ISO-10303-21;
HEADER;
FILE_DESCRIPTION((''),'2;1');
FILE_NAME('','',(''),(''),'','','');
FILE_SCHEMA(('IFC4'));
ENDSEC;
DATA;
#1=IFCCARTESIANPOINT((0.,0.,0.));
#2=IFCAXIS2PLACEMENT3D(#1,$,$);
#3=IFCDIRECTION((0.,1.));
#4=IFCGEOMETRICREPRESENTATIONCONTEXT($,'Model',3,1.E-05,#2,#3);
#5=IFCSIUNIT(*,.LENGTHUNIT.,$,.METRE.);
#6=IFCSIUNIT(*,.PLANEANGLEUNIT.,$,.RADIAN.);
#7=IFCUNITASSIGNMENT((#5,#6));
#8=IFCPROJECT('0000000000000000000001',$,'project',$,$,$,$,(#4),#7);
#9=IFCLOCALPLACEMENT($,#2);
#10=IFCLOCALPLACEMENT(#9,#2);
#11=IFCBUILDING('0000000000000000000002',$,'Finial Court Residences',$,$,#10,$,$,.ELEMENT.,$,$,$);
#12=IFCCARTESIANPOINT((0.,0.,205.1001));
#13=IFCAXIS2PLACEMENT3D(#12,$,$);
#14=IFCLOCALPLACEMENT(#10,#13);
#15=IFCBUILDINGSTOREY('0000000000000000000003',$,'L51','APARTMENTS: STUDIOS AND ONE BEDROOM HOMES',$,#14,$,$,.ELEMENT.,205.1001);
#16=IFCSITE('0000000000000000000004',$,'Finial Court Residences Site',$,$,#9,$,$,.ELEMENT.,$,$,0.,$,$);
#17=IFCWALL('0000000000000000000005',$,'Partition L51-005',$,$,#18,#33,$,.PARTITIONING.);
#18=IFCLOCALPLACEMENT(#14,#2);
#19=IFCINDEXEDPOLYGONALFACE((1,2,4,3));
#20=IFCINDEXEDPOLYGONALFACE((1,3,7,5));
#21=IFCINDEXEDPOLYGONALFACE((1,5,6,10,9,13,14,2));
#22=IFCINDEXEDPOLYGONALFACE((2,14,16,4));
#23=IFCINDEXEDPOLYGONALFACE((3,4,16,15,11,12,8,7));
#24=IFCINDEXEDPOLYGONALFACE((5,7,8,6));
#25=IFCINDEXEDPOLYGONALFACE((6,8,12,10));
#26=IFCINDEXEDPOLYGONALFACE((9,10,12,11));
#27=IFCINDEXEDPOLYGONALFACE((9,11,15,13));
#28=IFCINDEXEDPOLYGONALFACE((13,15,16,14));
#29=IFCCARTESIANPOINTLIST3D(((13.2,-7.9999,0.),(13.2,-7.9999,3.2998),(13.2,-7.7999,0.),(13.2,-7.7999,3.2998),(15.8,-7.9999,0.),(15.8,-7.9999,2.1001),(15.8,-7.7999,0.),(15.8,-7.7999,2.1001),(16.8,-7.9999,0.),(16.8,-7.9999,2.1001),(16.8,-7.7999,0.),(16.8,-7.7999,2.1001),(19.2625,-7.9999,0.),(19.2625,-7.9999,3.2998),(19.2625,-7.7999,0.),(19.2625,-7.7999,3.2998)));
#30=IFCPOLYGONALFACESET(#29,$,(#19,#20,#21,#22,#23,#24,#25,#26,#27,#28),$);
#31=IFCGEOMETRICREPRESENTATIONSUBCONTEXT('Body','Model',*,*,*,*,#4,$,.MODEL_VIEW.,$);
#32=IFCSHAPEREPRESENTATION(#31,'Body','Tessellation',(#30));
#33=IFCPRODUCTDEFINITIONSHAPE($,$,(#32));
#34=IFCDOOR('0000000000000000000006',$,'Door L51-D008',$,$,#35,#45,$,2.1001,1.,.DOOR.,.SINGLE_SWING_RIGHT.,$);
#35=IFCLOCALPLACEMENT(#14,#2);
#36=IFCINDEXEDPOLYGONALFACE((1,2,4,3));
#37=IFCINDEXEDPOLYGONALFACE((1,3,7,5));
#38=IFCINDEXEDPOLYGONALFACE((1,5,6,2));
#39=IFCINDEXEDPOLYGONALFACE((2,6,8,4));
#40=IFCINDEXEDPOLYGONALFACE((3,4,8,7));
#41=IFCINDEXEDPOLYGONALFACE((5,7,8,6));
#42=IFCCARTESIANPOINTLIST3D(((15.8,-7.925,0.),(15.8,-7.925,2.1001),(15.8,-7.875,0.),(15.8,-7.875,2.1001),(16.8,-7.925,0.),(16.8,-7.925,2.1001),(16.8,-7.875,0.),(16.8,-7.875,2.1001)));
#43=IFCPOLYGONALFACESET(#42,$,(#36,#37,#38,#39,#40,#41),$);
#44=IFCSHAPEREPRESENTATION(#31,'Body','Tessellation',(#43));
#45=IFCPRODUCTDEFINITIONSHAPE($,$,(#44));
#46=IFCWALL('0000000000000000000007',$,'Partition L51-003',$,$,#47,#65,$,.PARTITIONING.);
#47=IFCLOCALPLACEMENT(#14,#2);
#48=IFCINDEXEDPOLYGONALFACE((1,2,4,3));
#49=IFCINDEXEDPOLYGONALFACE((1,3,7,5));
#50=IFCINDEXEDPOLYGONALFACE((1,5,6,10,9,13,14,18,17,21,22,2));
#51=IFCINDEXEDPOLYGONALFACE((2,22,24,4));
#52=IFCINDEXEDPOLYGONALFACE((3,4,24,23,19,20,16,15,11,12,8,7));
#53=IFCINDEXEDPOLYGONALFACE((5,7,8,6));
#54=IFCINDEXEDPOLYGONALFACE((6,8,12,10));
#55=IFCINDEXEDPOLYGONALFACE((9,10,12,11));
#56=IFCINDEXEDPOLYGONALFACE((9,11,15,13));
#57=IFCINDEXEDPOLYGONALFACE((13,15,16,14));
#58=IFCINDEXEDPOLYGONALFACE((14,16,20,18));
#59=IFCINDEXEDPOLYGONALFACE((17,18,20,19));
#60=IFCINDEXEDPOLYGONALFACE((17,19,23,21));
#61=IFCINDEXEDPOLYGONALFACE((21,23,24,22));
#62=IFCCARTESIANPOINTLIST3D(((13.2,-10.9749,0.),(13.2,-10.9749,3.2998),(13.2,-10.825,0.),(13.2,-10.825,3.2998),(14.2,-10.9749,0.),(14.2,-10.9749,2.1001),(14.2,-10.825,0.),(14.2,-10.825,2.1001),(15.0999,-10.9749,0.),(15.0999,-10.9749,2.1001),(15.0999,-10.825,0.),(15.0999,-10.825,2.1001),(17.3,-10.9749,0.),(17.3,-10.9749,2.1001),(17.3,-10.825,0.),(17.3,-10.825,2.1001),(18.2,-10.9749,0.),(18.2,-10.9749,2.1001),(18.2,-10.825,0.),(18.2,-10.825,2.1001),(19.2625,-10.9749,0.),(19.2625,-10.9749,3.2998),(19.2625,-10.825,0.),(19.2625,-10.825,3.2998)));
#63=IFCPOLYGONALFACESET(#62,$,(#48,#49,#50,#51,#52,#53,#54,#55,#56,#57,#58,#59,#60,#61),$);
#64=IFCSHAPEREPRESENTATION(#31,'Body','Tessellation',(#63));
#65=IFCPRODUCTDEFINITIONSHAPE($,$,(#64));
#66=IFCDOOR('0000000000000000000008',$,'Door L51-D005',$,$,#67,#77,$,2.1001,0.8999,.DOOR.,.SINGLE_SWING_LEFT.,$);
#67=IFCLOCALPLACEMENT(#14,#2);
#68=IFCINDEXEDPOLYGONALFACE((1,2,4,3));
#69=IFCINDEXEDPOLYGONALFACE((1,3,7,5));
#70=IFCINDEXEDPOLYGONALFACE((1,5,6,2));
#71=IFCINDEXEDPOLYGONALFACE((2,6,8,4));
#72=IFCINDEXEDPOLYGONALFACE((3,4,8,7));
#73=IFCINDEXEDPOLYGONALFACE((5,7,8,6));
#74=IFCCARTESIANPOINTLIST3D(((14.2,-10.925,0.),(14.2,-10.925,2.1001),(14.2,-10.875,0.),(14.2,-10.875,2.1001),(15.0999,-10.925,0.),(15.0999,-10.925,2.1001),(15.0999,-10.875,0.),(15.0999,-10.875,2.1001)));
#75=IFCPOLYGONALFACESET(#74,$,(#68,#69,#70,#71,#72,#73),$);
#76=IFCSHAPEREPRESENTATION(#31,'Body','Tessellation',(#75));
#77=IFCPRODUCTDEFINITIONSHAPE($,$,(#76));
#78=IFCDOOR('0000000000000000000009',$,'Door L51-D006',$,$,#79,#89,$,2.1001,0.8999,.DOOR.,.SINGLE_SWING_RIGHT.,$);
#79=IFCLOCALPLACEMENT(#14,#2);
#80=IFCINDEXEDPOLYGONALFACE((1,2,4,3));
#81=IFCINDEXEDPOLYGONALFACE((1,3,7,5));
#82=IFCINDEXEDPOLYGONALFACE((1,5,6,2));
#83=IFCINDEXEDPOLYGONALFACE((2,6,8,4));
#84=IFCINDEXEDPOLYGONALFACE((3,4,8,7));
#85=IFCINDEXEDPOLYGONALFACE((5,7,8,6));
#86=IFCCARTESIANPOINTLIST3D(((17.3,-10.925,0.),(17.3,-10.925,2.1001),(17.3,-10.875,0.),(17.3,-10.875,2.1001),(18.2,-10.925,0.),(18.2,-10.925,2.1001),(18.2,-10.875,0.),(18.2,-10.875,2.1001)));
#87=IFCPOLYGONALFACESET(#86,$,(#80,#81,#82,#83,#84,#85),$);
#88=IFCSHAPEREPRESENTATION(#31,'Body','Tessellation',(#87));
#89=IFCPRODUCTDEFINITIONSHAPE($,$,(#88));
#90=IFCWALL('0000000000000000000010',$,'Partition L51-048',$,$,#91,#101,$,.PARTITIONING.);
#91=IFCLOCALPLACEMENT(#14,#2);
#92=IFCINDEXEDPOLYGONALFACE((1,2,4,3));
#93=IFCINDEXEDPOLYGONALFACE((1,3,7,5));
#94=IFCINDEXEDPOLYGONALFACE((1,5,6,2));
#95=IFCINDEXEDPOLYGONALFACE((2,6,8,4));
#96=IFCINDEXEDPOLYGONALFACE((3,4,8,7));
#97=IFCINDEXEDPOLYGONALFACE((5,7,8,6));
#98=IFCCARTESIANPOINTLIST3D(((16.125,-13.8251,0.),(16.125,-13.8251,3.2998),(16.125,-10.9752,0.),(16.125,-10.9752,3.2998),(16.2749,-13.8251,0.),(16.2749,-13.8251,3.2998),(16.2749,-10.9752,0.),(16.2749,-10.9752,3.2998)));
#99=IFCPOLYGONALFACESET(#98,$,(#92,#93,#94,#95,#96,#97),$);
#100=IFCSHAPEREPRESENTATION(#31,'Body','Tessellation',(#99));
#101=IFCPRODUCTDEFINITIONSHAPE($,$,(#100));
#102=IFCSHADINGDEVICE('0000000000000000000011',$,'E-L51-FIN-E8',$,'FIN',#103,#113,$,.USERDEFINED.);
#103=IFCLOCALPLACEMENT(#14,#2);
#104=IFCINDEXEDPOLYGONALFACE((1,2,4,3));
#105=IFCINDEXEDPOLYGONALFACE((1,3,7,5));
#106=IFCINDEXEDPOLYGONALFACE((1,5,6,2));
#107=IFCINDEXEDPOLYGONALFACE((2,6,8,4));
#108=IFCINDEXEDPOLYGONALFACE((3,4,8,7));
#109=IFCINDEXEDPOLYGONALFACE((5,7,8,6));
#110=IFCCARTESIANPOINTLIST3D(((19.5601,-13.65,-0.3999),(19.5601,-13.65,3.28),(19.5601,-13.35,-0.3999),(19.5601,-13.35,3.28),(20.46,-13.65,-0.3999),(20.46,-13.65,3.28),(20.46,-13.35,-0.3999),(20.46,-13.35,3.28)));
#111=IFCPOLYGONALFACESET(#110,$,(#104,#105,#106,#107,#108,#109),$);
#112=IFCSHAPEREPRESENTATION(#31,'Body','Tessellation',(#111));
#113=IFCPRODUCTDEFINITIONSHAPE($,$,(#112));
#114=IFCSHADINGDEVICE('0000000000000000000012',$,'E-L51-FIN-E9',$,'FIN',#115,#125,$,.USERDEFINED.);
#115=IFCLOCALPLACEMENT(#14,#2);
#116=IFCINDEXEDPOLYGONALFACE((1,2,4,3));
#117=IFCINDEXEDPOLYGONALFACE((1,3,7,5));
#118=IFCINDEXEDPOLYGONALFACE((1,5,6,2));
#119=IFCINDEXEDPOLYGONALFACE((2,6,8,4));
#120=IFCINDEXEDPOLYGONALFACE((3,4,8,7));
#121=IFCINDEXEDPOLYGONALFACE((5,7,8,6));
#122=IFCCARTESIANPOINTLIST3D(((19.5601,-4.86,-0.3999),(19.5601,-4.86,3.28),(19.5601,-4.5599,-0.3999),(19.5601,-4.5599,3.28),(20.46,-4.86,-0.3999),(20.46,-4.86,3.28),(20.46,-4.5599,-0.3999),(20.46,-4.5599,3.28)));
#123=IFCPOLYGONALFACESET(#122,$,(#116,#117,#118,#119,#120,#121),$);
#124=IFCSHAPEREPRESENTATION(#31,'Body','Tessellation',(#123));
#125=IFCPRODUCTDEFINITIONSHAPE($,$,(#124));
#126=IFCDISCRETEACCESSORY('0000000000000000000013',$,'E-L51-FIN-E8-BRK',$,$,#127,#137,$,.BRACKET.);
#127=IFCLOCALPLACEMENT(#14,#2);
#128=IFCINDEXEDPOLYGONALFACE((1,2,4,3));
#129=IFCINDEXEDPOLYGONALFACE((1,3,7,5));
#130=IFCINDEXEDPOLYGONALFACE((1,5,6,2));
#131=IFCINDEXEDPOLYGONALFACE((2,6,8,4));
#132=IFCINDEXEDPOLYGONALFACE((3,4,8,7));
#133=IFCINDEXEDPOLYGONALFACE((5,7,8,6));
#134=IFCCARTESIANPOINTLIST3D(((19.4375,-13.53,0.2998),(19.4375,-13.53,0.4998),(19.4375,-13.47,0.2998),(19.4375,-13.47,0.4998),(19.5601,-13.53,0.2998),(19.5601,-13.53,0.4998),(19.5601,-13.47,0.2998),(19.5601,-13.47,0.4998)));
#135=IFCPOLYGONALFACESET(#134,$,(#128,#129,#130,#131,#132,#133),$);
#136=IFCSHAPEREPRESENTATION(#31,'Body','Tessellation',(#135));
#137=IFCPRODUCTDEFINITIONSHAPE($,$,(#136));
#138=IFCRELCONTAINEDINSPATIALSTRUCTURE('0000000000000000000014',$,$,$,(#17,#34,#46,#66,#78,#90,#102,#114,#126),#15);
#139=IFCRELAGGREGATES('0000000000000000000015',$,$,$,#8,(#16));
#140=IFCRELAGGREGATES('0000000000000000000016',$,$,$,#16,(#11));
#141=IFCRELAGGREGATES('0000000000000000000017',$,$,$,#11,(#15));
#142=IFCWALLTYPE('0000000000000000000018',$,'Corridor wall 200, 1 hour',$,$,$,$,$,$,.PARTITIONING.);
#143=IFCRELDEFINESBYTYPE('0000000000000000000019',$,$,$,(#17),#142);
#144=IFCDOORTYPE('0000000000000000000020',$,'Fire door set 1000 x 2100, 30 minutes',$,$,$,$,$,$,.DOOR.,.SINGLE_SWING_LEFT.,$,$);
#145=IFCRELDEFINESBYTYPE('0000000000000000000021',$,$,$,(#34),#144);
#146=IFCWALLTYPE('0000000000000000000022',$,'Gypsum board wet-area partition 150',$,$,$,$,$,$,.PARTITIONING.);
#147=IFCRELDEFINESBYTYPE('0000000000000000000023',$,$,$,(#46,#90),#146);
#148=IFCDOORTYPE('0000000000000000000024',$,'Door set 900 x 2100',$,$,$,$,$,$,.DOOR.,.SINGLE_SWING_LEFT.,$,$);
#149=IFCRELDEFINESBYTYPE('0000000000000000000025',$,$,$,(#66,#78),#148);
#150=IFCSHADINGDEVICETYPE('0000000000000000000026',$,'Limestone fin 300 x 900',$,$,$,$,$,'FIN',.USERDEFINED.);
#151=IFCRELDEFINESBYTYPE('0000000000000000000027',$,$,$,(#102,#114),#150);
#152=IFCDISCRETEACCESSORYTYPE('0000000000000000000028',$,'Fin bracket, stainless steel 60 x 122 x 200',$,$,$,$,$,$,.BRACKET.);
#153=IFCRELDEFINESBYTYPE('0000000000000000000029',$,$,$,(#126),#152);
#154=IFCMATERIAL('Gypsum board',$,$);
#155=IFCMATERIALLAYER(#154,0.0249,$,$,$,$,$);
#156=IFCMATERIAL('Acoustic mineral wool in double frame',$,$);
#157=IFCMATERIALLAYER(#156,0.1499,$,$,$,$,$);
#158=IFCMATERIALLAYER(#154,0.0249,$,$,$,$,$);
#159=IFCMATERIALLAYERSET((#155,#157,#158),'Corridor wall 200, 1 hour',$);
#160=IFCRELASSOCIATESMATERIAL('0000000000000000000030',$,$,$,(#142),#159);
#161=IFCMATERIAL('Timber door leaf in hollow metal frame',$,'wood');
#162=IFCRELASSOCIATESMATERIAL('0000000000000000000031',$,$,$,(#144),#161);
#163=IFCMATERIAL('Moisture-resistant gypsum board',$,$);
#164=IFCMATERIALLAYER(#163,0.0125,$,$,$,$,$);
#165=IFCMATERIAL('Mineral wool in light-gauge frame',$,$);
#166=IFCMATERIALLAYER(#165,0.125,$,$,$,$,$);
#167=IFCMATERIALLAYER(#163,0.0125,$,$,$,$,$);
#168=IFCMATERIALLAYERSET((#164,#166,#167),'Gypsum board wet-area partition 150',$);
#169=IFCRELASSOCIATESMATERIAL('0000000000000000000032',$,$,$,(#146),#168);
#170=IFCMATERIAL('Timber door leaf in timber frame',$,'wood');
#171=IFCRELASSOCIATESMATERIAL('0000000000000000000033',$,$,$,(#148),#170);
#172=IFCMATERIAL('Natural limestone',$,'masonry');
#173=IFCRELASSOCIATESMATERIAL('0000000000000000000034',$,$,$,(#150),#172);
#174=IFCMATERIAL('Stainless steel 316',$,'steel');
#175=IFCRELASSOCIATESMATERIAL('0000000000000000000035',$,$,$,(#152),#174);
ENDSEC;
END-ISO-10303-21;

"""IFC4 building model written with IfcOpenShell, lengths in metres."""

from ifc_helpers import new_model, si_unit, direction, frame, frame_2d, origin, origin_2d, place, context, subcontext, project, spatial, rectangle, extrude, material, layer, layer_set, type_object, element, fill, save


model = new_model("IFC4")

# Units and contexts
model_context = context("Model", 3, precision=1e-05, world=origin(), true_north=direction((0.0, 1.0)))
body_context = subcontext(model_context, "Body", "Model", "MODEL_VIEW")
ifc_project = project(units=[si_unit("LENGTHUNIT", "METRE"), si_unit("PLANEANGLEUNIT", "RADIAN")], contexts=[model_context])

# Site, building, storey
site_placement = place(None, origin())
site = spatial("IfcSite", under=ifc_project, at=site_placement, Name="Finial Court Residences Site", CompositionType="ELEMENT", RefElevation=0.0)
building_placement = place(site_placement, origin())
building = spatial("IfcBuilding", under=site, at=building_placement, Name="Finial Court Residences", CompositionType="ELEMENT")
storey_placement = place(building_placement, frame((0.0, 0.0, 205.1001)))
storey = spatial("IfcBuildingStorey", under=building, at=storey_placement, Name="L51", Description="APARTMENTS: STUDIOS AND ONE BEDROOM HOMES", CompositionType="ELEMENT", Elevation=205.1001)

# Wall, opening, door
ifc_material_1 = material(Name="Gypsum board")
ifc_layer_1 = layer(ifc_material_1, 0.0249)
ifc_material_2 = material(Name="Acoustic mineral wool in double frame")
ifc_layer_2 = layer(ifc_material_2, 0.1499)
ifc_layer_3 = layer(ifc_material_1, 0.0249)
ifc_layer_set_1 = layer_set([ifc_layer_1, ifc_layer_2, ifc_layer_3], Name="Corridor wall 200, 1 hour")
wall_type_1 = type_object("IfcWallType", Name="Corridor wall 200, 1 hour", PredefinedType="PARTITIONING", material=ifc_layer_set_1)
wall_1_placement = place(storey_placement, frame((13.2, -7.8999, 0.0), z_axis=(0.0, 0.0, 1.0), x_axis=(1.0, 0.0, 0.0)))
wall_1 = element("IfcWall", 1, at=wall_1_placement, inside=storey, type_object=wall_type_1, Name="Partition L51-005", PredefinedType="PARTITIONING", context=body_context, shape_type="SweptSolid", body=[
    extrude(rectangle(XDim=6.0625, YDim=0.2, at=frame_2d((3.0312, 0.0))), origin(), (0.0, 0.0, 1.0), 3.2998),
])
opening_1_placement = place(wall_1_placement, frame((2.6001, 0.0, 0.0)))
opening_1 = element("IfcOpeningElement", 2, at=opening_1_placement, cuts=wall_1, PredefinedType="OPENING", context=body_context, shape_type="SweptSolid", body=[
    extrude(rectangle(XDim=1.0, YDim=2.1001, at=frame_2d((0.5, 1.05))), frame((0.0, 0.1099, 0.0), z_axis=(0.0, -1.0, 0.0), x_axis=(1.0, 0.0, 0.0)), (0.0, 0.0, 1.0), 0.22),
])
ifc_material_3 = material(Name="Timber door leaf in hollow metal frame", Category="wood")
door_type_1 = type_object("IfcDoorType", Name="Fire door set 1000 x 2100, 30 minutes", OperationType="SINGLE_SWING_LEFT", PredefinedType="DOOR", material=ifc_material_3)
door_1_placement = place(opening_1_placement, origin())
door_1 = element("IfcDoor", 3, at=door_1_placement, inside=storey, type_object=door_type_1, Name="Door L51-D008", OperationType="SINGLE_SWING_RIGHT", OverallHeight=2.1001, OverallWidth=1.0, PredefinedType="DOOR", context=body_context, shape_type="SweptSolid", body=[
    extrude(rectangle(XDim=1.0, YDim=2.1001, at=frame_2d((0.5, 1.05))), frame((0.0, 0.0249, 0.0), z_axis=(0.0, -1.0, 0.0), x_axis=(1.0, 0.0, 0.0)), (0.0, 0.0, 1.0), 0.05),
])
fill(opening_1, door_1)

# Wall, openings, doors
ifc_material_4 = material(Name="Moisture-resistant gypsum board")
ifc_layer_4 = layer(ifc_material_4, 0.0125)
ifc_material_5 = material(Name="Mineral wool in light-gauge frame")
ifc_layer_5 = layer(ifc_material_5, 0.125)
ifc_layer_6 = layer(ifc_material_4, 0.0125)
ifc_layer_set_2 = layer_set([ifc_layer_4, ifc_layer_5, ifc_layer_6], Name="Gypsum board wet-area partition 150")
wall_type_2 = type_object("IfcWallType", Name="Gypsum board wet-area partition 150", PredefinedType="PARTITIONING", material=ifc_layer_set_2)
wall_2_placement = place(storey_placement, frame((13.2, -10.8999, 0.0), z_axis=(0.0, 0.0, 1.0), x_axis=(1.0, 0.0, 0.0)))
wall_2 = element("IfcWall", 4, at=wall_2_placement, inside=storey, type_object=wall_type_2, Name="Partition L51-003", PredefinedType="PARTITIONING", context=body_context, shape_type="SweptSolid", body=[
    extrude(rectangle(XDim=6.0625, YDim=0.1499, at=frame_2d((3.0312, 0.0))), origin(), (0.0, 0.0, 1.0), 3.2998),
])
opening_2_placement = place(wall_2_placement, frame((1.0, 0.0, 0.0)))
opening_2 = element("IfcOpeningElement", 5, at=opening_2_placement, cuts=wall_2, PredefinedType="OPENING", context=body_context, shape_type="SweptSolid", body=[
    extrude(rectangle(XDim=0.8999, YDim=2.1001, at=frame_2d((0.45, 1.05))), frame((0.0, 0.085, 0.0), z_axis=(0.0, -1.0, 0.0), x_axis=(1.0, 0.0, 0.0)), (0.0, 0.0, 1.0), 0.1699),
])
opening_3_placement = place(wall_2_placement, frame((4.1001, 0.0, 0.0)))
opening_3 = element("IfcOpeningElement", 6, at=opening_3_placement, cuts=wall_2, PredefinedType="OPENING", context=body_context, shape_type="SweptSolid", body=[
    extrude(rectangle(XDim=0.8999, YDim=2.1001, at=frame_2d((0.45, 1.05))), frame((0.0, 0.085, 0.0), z_axis=(0.0, -1.0, 0.0), x_axis=(1.0, 0.0, 0.0)), (0.0, 0.0, 1.0), 0.1699),
])
ifc_material_6 = material(Name="Timber door leaf in timber frame", Category="wood")
door_type_2 = type_object("IfcDoorType", Name="Door set 900 x 2100", OperationType="SINGLE_SWING_LEFT", PredefinedType="DOOR", material=ifc_material_6)
door_2_placement = place(opening_2_placement, origin())
door_2 = element("IfcDoor", 7, at=door_2_placement, inside=storey, type_object=door_type_2, Name="Door L51-D005", OperationType="SINGLE_SWING_LEFT", OverallHeight=2.1001, OverallWidth=0.8999, PredefinedType="DOOR", context=body_context, shape_type="SweptSolid", body=[
    extrude(rectangle(XDim=0.8999, YDim=2.1001, at=frame_2d((0.45, 1.05))), frame((0.0, 0.0249, 0.0), z_axis=(0.0, -1.0, 0.0), x_axis=(1.0, 0.0, 0.0)), (0.0, 0.0, 1.0), 0.05),
])
fill(opening_2, door_2)
door_3_placement = place(opening_3_placement, origin())
door_3 = element("IfcDoor", 8, at=door_3_placement, inside=storey, type_object=door_type_2, Name="Door L51-D006", OperationType="SINGLE_SWING_RIGHT", OverallHeight=2.1001, OverallWidth=0.8999, PredefinedType="DOOR", context=body_context, shape_type="SweptSolid", body=[
    extrude(rectangle(XDim=0.8999, YDim=2.1001, at=frame_2d((0.45, 1.05))), frame((0.0, 0.0249, 0.0), z_axis=(0.0, -1.0, 0.0), x_axis=(1.0, 0.0, 0.0)), (0.0, 0.0, 1.0), 0.05),
])
fill(opening_3, door_3)

# Wall
wall_3_placement = place(storey_placement, frame((16.2, -13.825, 0.0), z_axis=(0.0, 0.0, 1.0), x_axis=(0.0, 1.0, 0.0)))
element("IfcWall", 9, at=wall_3_placement, inside=storey, type_object=wall_type_2, Name="Partition L51-048", PredefinedType="PARTITIONING", context=body_context, shape_type="SweptSolid", body=[
    extrude(rectangle(XDim=2.8499, YDim=0.1499, at=frame_2d((1.4248, 0.0))), origin(), (0.0, 0.0, 1.0), 3.2998),
])

# Shading devices
ifc_material_7 = material(Name="Natural limestone", Category="masonry")
shading_device_type = type_object("IfcShadingDeviceType", Name="Limestone fin 300 x 900", ElementType="FIN", PredefinedType="USERDEFINED", material=ifc_material_7)
for number, where, z_axis, x_axis, name in (
    (10, (20.01, -13.5, -0.3999), (0.0, 0.0, 1.0), (1.0, 0.0, 0.0), "E-L51-FIN-E8"),
    (11, (20.01, -4.71, -0.3999), (0.0, 0.0, 1.0), (1.0, 0.0, 0.0), "E-L51-FIN-E9"),
):
    element("IfcShadingDevice", number, at=place(storey_placement, frame(where, z_axis=z_axis, x_axis=x_axis)), inside=storey, type_object=shading_device_type, Name=name, ObjectType="FIN", PredefinedType="USERDEFINED", context=body_context, shape_type="SweptSolid", body=[
        extrude(rectangle(XDim=0.8999, YDim=0.3, at=origin_2d()), origin(), (0.0, 0.0, 1.0), 3.6799),
    ])

# Discrete accessory
ifc_material_8 = material(Name="Stainless steel 316", Category="steel")
discrete_accessory_type = type_object("IfcDiscreteAccessoryType", Name="Fin bracket, stainless steel 60 x 122 x 200", PredefinedType="BRACKET", material=ifc_material_8)
discrete_accessory_placement = place(storey_placement, frame((19.4988, -13.5, 0.2998), z_axis=(0.0, 0.0, 1.0), x_axis=(1.0, 0.0, 0.0)))
element("IfcDiscreteAccessory", 12, at=discrete_accessory_placement, inside=storey, type_object=discrete_accessory_type, Name="E-L51-FIN-E8-BRK", PredefinedType="BRACKET", context=body_context, shape_type="SweptSolid", body=[
    extrude(rectangle(XDim=0.1226, YDim=0.0601, at=origin_2d()), origin(), (0.0, 0.0, 1.0), 0.2),
])

save(model, "model.ifc")
